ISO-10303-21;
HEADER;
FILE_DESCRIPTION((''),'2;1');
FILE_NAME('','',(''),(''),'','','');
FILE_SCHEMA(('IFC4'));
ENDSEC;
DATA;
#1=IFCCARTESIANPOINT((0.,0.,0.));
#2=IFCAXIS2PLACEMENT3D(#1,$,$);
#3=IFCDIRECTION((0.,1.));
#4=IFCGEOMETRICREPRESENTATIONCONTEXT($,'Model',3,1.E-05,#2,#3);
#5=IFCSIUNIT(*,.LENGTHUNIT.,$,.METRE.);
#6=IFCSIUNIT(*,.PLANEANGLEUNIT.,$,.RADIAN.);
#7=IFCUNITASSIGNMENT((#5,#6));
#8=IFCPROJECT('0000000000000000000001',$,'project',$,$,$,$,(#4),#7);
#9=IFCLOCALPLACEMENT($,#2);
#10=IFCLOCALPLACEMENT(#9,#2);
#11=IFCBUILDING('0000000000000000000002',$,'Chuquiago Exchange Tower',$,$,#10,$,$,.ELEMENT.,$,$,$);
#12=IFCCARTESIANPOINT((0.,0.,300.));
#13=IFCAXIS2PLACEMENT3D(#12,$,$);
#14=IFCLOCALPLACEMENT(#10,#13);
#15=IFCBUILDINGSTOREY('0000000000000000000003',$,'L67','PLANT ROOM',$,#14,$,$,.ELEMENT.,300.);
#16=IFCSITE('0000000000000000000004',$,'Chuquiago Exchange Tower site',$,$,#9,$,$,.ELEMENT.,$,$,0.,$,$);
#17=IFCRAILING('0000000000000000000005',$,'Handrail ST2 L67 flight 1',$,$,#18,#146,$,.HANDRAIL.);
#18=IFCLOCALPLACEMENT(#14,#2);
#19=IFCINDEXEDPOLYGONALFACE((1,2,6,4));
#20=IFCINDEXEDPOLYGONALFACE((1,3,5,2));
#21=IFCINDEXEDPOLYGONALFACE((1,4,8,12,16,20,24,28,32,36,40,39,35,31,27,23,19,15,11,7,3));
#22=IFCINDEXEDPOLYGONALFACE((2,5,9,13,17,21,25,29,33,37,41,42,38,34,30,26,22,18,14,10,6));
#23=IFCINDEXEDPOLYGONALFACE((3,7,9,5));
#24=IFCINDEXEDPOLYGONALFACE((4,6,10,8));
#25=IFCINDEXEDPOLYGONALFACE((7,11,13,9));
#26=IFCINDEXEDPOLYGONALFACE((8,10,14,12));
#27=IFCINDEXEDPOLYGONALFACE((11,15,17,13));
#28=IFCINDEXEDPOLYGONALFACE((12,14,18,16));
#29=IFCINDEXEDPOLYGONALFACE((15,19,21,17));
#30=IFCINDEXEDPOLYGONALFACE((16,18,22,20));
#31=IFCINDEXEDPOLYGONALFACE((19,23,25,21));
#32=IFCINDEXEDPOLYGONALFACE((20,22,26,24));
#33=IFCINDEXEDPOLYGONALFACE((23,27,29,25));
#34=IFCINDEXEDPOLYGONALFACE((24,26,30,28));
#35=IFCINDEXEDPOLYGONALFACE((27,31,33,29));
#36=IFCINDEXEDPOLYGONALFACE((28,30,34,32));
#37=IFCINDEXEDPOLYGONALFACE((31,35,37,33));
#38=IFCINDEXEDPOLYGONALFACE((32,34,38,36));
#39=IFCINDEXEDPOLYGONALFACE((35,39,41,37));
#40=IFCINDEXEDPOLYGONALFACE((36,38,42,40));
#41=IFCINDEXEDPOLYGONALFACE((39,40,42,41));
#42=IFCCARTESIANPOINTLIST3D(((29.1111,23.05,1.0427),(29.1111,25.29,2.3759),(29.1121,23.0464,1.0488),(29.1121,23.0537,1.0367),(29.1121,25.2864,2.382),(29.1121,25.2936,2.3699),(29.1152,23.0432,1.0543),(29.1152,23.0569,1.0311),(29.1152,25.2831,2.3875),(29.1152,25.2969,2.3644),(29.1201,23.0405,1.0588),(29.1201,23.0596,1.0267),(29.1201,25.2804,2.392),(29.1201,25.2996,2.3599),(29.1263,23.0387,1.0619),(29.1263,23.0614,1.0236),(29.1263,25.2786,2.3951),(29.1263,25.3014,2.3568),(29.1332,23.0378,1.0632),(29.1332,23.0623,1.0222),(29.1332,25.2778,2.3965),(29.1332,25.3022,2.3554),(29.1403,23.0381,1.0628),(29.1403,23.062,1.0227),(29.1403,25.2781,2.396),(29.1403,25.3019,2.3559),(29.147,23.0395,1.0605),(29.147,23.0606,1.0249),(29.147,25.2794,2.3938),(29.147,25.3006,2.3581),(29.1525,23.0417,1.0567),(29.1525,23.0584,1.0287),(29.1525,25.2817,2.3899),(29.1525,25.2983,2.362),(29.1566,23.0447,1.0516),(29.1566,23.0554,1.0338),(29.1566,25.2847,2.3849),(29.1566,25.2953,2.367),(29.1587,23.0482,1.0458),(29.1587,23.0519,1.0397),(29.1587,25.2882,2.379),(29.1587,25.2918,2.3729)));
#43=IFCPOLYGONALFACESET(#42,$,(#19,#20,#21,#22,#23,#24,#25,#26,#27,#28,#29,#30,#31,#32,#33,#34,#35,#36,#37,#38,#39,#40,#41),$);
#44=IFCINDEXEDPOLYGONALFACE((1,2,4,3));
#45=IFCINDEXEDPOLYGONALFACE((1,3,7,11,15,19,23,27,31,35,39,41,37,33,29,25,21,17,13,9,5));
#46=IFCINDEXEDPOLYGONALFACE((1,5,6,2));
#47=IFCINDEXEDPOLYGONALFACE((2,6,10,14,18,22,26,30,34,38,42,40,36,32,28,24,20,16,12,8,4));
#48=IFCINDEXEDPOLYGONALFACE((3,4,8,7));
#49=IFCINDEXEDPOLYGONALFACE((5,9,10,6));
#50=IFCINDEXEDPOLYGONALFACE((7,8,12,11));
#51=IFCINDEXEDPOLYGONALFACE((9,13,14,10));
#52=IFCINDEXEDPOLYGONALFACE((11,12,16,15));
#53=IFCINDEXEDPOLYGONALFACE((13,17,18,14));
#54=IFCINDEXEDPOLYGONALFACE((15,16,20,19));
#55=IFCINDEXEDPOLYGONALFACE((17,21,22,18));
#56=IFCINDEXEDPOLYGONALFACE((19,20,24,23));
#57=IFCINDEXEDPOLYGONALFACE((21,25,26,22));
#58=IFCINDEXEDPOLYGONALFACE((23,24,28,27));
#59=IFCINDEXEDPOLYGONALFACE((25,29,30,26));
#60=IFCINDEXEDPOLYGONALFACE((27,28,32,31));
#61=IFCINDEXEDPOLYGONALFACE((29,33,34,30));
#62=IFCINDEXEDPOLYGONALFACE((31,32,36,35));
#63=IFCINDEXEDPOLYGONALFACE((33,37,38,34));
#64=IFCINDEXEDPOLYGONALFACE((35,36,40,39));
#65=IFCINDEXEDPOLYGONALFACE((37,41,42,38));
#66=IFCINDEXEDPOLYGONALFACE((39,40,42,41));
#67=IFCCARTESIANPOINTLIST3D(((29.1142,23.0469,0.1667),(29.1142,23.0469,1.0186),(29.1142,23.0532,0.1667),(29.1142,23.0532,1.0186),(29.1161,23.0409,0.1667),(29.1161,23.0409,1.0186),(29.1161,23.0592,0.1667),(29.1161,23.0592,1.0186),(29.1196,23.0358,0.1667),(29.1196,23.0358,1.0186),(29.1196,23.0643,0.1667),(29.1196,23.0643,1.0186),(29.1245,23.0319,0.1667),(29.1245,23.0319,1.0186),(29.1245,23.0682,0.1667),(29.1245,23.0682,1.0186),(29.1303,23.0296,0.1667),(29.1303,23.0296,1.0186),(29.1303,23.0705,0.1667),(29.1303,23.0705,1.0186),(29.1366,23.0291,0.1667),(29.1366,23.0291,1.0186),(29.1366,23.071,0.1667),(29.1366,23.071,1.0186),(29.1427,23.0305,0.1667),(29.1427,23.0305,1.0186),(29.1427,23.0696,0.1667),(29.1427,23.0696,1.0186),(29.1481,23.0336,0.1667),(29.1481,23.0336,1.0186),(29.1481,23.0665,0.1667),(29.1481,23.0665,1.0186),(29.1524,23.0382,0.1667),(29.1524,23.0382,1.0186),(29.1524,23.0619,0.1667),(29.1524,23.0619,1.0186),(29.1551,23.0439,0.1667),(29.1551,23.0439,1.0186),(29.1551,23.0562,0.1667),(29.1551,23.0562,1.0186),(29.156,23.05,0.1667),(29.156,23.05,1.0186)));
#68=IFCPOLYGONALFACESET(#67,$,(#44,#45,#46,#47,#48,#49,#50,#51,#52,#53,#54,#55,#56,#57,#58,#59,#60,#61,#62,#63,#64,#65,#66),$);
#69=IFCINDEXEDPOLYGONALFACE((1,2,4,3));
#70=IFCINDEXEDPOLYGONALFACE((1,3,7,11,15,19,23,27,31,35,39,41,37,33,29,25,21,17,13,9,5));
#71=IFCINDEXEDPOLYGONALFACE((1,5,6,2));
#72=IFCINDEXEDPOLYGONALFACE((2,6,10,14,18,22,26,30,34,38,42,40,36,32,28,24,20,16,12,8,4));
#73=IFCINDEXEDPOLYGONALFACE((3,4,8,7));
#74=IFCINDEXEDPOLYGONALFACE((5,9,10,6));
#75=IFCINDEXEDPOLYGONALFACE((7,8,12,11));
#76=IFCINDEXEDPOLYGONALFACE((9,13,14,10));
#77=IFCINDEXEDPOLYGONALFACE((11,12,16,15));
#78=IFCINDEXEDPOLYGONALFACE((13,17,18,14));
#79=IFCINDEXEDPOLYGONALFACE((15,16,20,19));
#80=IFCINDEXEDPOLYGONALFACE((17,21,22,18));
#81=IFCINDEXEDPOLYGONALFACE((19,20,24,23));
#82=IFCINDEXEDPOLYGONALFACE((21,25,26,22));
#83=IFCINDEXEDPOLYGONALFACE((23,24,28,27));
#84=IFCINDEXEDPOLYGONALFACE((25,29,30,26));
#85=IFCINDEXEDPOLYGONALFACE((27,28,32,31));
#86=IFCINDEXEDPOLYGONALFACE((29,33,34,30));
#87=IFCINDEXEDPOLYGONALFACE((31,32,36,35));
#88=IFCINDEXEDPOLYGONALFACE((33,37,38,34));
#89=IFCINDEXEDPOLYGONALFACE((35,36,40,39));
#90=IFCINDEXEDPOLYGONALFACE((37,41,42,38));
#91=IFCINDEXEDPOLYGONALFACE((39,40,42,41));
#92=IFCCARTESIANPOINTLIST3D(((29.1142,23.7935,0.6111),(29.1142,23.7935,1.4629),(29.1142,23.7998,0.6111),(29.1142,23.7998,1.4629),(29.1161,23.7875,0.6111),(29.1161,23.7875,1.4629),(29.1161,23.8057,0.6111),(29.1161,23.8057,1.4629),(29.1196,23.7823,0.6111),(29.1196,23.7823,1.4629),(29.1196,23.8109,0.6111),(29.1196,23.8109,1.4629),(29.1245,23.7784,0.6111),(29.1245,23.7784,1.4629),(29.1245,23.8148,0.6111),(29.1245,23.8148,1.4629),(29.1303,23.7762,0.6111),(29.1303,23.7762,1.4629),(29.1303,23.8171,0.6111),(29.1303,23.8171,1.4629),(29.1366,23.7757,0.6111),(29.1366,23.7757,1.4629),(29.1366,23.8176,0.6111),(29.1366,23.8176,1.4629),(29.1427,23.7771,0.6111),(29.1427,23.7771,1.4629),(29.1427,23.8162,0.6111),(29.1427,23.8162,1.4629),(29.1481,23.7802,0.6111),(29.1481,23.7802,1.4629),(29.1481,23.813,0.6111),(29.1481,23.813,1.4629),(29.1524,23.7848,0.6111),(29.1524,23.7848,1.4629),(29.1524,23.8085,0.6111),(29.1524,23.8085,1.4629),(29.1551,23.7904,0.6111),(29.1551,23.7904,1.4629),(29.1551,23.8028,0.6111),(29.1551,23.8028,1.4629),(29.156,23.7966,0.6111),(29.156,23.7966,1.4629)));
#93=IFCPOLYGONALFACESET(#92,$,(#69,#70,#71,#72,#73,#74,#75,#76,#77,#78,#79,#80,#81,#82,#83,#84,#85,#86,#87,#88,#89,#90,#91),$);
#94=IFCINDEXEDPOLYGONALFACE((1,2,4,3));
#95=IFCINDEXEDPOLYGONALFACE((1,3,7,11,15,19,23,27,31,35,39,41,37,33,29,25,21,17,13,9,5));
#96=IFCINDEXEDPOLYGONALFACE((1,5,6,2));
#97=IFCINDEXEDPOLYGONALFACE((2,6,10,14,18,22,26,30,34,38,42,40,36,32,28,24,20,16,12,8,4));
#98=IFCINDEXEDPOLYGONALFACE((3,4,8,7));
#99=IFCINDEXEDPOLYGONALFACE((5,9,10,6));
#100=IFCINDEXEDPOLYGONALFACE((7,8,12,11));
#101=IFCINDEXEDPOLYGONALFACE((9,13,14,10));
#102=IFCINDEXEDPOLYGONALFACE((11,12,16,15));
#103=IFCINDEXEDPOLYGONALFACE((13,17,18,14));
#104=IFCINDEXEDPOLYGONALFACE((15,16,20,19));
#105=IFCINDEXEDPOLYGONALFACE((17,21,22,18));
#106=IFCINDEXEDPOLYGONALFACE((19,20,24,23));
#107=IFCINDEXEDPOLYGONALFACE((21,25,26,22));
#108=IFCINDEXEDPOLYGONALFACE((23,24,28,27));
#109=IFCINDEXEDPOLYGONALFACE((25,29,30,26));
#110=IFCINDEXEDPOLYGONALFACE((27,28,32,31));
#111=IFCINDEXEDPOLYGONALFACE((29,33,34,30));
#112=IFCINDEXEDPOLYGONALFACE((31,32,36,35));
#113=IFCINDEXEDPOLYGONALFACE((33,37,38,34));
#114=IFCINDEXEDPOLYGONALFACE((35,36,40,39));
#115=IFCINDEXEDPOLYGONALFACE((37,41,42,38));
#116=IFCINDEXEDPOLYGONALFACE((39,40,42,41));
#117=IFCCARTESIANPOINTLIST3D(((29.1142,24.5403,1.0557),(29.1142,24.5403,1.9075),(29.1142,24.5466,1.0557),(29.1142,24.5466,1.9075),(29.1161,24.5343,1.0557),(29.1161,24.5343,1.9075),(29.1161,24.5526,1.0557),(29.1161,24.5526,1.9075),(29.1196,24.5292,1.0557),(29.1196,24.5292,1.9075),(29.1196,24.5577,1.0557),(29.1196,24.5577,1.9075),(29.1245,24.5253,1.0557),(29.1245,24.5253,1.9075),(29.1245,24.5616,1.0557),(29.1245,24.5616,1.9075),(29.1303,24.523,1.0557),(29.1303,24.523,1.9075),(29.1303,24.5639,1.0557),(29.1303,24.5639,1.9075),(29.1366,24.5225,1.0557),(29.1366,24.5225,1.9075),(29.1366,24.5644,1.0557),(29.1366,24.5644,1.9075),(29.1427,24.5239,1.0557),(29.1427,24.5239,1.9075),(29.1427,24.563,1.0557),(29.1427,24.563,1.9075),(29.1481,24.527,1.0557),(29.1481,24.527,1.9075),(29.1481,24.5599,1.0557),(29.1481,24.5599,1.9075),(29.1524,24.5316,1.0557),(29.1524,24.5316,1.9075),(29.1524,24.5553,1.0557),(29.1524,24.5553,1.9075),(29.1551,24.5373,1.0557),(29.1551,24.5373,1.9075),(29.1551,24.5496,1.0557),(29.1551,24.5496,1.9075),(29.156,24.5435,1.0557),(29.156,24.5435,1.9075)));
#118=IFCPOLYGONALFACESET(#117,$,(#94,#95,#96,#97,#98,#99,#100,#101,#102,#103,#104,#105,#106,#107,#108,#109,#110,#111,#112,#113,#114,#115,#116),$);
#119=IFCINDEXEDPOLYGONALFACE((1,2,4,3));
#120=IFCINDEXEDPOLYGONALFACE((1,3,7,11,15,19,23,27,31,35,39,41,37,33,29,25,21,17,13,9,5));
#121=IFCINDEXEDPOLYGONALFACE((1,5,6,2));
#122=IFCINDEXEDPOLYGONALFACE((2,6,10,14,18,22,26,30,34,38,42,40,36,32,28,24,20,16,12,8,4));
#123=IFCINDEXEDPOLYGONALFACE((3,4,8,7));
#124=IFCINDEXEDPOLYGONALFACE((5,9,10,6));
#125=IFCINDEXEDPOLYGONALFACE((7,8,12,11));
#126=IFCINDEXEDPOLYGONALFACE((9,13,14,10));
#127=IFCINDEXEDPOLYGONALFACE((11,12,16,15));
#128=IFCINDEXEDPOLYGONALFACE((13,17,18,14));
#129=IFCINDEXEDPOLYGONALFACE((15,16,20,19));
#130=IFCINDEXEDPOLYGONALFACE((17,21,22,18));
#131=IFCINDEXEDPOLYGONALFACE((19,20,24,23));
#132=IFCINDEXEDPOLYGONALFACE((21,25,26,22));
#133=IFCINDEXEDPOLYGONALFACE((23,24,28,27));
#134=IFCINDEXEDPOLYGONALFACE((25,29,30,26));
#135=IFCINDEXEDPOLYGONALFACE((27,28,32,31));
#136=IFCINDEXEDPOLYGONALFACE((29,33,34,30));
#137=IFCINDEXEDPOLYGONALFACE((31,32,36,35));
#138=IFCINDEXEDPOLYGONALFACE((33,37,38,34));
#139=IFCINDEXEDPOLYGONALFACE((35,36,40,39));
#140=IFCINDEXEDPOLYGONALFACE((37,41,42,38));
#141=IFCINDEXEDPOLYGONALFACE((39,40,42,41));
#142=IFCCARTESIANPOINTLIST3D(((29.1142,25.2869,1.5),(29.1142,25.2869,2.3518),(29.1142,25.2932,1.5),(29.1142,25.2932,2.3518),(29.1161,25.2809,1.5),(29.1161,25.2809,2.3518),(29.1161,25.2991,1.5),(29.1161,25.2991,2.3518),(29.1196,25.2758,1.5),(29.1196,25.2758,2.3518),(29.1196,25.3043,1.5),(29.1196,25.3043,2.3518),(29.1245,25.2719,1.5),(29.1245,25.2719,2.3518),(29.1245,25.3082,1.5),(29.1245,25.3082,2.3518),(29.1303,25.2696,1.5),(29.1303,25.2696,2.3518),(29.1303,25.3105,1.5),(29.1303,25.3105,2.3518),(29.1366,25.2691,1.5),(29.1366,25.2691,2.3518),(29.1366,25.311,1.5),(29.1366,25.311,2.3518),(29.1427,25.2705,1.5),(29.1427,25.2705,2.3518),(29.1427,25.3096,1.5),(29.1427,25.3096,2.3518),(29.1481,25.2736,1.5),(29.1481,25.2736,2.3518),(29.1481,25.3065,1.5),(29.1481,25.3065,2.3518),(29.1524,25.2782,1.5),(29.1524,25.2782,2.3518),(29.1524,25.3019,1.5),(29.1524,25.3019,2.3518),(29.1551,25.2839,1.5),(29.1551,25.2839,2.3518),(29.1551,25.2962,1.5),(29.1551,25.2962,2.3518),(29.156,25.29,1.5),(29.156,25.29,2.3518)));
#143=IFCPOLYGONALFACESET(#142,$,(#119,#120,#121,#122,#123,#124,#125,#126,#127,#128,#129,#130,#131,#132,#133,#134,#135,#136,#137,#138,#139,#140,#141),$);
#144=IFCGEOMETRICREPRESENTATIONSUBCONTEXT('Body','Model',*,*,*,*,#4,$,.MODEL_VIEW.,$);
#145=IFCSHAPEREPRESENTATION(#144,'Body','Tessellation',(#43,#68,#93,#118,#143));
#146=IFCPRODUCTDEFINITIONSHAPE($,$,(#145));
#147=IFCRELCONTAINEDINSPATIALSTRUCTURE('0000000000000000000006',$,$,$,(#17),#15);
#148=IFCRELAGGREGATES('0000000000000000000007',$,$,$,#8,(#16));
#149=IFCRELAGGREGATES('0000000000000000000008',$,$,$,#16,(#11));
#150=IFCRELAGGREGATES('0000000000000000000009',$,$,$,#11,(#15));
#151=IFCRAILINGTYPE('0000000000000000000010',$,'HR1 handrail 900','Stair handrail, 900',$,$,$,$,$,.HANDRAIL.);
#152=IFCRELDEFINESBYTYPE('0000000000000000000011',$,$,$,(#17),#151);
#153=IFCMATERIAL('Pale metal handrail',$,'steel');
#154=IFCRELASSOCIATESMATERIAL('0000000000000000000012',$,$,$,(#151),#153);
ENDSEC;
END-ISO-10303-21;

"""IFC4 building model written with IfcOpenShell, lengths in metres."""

from ifc_helpers import new_model, si_unit, direction, frame, origin, origin_2d, place, context, subcontext, project, spatial, circle, extrude, material, type_object, element, save


model = new_model("IFC4")

# Units and contexts
model_context = context("Model", 3, precision=1e-05, world=origin(), true_north=direction((0.0, 1.0)))
body_context = subcontext(model_context, "Body", "Model", "MODEL_VIEW")
ifc_project = project(units=[si_unit("LENGTHUNIT", "METRE"), si_unit("PLANEANGLEUNIT", "RADIAN")], contexts=[model_context])

# Site, building, storey
site_placement = place(None, origin())
site = spatial("IfcSite", under=ifc_project, at=site_placement, Name="Chuquiago Exchange Tower site", CompositionType="ELEMENT", RefElevation=0.0)
building_placement = place(site_placement, origin())
building = spatial("IfcBuilding", under=site, at=building_placement, Name="Chuquiago Exchange Tower", CompositionType="ELEMENT")
storey_placement = place(building_placement, frame((0.0, 0.0, 300.0)))
storey = spatial("IfcBuildingStorey", under=building, at=storey_placement, Name="L67", Description="PLANT ROOM", CompositionType="ELEMENT", Elevation=300.0)

# Railing
ifc_material_1 = material(Name="Pale metal handrail", Category="steel")
railing_type = type_object("IfcRailingType", Name="HR1 handrail 900", Description="Stair handrail, 900", PredefinedType="HANDRAIL", material=ifc_material_1)
railing_placement = place(storey_placement, frame((29.135, 23.05, 0.1667)))
element("IfcRailing", 1, at=railing_placement, inside=storey, type_object=railing_type, Name="Handrail ST2 L67 flight 1", PredefinedType="HANDRAIL", context=body_context, shape_type="SweptSolid", body=[
    extrude(circle(Radius=0.0239, at=origin_2d()), frame((0.0, 0.0, 0.876), z_axis=(0.0, 0.859306, 0.511462), x_axis=(-1.0, 0.0, 0.0)), (0.0, 0.0, 1.0), 2.6067),
    extrude(circle(Radius=0.021, at=origin_2d()), origin(), (0.0, 0.0, 1.0), 0.8518),
    extrude(circle(Radius=0.021, at=origin_2d()), frame((0.0, 0.7466, 0.4443)), (0.0, 0.0, 1.0), 0.8518),
    extrude(circle(Radius=0.021, at=origin_2d()), frame((0.0, 1.4934, 0.8889)), (0.0, 0.0, 1.0), 0.8518),
    extrude(circle(Radius=0.021, at=origin_2d()), frame((0.0, 2.24, 1.3333)), (0.0, 0.0, 1.0), 0.8518),
])

save(model, "model.ifc")
